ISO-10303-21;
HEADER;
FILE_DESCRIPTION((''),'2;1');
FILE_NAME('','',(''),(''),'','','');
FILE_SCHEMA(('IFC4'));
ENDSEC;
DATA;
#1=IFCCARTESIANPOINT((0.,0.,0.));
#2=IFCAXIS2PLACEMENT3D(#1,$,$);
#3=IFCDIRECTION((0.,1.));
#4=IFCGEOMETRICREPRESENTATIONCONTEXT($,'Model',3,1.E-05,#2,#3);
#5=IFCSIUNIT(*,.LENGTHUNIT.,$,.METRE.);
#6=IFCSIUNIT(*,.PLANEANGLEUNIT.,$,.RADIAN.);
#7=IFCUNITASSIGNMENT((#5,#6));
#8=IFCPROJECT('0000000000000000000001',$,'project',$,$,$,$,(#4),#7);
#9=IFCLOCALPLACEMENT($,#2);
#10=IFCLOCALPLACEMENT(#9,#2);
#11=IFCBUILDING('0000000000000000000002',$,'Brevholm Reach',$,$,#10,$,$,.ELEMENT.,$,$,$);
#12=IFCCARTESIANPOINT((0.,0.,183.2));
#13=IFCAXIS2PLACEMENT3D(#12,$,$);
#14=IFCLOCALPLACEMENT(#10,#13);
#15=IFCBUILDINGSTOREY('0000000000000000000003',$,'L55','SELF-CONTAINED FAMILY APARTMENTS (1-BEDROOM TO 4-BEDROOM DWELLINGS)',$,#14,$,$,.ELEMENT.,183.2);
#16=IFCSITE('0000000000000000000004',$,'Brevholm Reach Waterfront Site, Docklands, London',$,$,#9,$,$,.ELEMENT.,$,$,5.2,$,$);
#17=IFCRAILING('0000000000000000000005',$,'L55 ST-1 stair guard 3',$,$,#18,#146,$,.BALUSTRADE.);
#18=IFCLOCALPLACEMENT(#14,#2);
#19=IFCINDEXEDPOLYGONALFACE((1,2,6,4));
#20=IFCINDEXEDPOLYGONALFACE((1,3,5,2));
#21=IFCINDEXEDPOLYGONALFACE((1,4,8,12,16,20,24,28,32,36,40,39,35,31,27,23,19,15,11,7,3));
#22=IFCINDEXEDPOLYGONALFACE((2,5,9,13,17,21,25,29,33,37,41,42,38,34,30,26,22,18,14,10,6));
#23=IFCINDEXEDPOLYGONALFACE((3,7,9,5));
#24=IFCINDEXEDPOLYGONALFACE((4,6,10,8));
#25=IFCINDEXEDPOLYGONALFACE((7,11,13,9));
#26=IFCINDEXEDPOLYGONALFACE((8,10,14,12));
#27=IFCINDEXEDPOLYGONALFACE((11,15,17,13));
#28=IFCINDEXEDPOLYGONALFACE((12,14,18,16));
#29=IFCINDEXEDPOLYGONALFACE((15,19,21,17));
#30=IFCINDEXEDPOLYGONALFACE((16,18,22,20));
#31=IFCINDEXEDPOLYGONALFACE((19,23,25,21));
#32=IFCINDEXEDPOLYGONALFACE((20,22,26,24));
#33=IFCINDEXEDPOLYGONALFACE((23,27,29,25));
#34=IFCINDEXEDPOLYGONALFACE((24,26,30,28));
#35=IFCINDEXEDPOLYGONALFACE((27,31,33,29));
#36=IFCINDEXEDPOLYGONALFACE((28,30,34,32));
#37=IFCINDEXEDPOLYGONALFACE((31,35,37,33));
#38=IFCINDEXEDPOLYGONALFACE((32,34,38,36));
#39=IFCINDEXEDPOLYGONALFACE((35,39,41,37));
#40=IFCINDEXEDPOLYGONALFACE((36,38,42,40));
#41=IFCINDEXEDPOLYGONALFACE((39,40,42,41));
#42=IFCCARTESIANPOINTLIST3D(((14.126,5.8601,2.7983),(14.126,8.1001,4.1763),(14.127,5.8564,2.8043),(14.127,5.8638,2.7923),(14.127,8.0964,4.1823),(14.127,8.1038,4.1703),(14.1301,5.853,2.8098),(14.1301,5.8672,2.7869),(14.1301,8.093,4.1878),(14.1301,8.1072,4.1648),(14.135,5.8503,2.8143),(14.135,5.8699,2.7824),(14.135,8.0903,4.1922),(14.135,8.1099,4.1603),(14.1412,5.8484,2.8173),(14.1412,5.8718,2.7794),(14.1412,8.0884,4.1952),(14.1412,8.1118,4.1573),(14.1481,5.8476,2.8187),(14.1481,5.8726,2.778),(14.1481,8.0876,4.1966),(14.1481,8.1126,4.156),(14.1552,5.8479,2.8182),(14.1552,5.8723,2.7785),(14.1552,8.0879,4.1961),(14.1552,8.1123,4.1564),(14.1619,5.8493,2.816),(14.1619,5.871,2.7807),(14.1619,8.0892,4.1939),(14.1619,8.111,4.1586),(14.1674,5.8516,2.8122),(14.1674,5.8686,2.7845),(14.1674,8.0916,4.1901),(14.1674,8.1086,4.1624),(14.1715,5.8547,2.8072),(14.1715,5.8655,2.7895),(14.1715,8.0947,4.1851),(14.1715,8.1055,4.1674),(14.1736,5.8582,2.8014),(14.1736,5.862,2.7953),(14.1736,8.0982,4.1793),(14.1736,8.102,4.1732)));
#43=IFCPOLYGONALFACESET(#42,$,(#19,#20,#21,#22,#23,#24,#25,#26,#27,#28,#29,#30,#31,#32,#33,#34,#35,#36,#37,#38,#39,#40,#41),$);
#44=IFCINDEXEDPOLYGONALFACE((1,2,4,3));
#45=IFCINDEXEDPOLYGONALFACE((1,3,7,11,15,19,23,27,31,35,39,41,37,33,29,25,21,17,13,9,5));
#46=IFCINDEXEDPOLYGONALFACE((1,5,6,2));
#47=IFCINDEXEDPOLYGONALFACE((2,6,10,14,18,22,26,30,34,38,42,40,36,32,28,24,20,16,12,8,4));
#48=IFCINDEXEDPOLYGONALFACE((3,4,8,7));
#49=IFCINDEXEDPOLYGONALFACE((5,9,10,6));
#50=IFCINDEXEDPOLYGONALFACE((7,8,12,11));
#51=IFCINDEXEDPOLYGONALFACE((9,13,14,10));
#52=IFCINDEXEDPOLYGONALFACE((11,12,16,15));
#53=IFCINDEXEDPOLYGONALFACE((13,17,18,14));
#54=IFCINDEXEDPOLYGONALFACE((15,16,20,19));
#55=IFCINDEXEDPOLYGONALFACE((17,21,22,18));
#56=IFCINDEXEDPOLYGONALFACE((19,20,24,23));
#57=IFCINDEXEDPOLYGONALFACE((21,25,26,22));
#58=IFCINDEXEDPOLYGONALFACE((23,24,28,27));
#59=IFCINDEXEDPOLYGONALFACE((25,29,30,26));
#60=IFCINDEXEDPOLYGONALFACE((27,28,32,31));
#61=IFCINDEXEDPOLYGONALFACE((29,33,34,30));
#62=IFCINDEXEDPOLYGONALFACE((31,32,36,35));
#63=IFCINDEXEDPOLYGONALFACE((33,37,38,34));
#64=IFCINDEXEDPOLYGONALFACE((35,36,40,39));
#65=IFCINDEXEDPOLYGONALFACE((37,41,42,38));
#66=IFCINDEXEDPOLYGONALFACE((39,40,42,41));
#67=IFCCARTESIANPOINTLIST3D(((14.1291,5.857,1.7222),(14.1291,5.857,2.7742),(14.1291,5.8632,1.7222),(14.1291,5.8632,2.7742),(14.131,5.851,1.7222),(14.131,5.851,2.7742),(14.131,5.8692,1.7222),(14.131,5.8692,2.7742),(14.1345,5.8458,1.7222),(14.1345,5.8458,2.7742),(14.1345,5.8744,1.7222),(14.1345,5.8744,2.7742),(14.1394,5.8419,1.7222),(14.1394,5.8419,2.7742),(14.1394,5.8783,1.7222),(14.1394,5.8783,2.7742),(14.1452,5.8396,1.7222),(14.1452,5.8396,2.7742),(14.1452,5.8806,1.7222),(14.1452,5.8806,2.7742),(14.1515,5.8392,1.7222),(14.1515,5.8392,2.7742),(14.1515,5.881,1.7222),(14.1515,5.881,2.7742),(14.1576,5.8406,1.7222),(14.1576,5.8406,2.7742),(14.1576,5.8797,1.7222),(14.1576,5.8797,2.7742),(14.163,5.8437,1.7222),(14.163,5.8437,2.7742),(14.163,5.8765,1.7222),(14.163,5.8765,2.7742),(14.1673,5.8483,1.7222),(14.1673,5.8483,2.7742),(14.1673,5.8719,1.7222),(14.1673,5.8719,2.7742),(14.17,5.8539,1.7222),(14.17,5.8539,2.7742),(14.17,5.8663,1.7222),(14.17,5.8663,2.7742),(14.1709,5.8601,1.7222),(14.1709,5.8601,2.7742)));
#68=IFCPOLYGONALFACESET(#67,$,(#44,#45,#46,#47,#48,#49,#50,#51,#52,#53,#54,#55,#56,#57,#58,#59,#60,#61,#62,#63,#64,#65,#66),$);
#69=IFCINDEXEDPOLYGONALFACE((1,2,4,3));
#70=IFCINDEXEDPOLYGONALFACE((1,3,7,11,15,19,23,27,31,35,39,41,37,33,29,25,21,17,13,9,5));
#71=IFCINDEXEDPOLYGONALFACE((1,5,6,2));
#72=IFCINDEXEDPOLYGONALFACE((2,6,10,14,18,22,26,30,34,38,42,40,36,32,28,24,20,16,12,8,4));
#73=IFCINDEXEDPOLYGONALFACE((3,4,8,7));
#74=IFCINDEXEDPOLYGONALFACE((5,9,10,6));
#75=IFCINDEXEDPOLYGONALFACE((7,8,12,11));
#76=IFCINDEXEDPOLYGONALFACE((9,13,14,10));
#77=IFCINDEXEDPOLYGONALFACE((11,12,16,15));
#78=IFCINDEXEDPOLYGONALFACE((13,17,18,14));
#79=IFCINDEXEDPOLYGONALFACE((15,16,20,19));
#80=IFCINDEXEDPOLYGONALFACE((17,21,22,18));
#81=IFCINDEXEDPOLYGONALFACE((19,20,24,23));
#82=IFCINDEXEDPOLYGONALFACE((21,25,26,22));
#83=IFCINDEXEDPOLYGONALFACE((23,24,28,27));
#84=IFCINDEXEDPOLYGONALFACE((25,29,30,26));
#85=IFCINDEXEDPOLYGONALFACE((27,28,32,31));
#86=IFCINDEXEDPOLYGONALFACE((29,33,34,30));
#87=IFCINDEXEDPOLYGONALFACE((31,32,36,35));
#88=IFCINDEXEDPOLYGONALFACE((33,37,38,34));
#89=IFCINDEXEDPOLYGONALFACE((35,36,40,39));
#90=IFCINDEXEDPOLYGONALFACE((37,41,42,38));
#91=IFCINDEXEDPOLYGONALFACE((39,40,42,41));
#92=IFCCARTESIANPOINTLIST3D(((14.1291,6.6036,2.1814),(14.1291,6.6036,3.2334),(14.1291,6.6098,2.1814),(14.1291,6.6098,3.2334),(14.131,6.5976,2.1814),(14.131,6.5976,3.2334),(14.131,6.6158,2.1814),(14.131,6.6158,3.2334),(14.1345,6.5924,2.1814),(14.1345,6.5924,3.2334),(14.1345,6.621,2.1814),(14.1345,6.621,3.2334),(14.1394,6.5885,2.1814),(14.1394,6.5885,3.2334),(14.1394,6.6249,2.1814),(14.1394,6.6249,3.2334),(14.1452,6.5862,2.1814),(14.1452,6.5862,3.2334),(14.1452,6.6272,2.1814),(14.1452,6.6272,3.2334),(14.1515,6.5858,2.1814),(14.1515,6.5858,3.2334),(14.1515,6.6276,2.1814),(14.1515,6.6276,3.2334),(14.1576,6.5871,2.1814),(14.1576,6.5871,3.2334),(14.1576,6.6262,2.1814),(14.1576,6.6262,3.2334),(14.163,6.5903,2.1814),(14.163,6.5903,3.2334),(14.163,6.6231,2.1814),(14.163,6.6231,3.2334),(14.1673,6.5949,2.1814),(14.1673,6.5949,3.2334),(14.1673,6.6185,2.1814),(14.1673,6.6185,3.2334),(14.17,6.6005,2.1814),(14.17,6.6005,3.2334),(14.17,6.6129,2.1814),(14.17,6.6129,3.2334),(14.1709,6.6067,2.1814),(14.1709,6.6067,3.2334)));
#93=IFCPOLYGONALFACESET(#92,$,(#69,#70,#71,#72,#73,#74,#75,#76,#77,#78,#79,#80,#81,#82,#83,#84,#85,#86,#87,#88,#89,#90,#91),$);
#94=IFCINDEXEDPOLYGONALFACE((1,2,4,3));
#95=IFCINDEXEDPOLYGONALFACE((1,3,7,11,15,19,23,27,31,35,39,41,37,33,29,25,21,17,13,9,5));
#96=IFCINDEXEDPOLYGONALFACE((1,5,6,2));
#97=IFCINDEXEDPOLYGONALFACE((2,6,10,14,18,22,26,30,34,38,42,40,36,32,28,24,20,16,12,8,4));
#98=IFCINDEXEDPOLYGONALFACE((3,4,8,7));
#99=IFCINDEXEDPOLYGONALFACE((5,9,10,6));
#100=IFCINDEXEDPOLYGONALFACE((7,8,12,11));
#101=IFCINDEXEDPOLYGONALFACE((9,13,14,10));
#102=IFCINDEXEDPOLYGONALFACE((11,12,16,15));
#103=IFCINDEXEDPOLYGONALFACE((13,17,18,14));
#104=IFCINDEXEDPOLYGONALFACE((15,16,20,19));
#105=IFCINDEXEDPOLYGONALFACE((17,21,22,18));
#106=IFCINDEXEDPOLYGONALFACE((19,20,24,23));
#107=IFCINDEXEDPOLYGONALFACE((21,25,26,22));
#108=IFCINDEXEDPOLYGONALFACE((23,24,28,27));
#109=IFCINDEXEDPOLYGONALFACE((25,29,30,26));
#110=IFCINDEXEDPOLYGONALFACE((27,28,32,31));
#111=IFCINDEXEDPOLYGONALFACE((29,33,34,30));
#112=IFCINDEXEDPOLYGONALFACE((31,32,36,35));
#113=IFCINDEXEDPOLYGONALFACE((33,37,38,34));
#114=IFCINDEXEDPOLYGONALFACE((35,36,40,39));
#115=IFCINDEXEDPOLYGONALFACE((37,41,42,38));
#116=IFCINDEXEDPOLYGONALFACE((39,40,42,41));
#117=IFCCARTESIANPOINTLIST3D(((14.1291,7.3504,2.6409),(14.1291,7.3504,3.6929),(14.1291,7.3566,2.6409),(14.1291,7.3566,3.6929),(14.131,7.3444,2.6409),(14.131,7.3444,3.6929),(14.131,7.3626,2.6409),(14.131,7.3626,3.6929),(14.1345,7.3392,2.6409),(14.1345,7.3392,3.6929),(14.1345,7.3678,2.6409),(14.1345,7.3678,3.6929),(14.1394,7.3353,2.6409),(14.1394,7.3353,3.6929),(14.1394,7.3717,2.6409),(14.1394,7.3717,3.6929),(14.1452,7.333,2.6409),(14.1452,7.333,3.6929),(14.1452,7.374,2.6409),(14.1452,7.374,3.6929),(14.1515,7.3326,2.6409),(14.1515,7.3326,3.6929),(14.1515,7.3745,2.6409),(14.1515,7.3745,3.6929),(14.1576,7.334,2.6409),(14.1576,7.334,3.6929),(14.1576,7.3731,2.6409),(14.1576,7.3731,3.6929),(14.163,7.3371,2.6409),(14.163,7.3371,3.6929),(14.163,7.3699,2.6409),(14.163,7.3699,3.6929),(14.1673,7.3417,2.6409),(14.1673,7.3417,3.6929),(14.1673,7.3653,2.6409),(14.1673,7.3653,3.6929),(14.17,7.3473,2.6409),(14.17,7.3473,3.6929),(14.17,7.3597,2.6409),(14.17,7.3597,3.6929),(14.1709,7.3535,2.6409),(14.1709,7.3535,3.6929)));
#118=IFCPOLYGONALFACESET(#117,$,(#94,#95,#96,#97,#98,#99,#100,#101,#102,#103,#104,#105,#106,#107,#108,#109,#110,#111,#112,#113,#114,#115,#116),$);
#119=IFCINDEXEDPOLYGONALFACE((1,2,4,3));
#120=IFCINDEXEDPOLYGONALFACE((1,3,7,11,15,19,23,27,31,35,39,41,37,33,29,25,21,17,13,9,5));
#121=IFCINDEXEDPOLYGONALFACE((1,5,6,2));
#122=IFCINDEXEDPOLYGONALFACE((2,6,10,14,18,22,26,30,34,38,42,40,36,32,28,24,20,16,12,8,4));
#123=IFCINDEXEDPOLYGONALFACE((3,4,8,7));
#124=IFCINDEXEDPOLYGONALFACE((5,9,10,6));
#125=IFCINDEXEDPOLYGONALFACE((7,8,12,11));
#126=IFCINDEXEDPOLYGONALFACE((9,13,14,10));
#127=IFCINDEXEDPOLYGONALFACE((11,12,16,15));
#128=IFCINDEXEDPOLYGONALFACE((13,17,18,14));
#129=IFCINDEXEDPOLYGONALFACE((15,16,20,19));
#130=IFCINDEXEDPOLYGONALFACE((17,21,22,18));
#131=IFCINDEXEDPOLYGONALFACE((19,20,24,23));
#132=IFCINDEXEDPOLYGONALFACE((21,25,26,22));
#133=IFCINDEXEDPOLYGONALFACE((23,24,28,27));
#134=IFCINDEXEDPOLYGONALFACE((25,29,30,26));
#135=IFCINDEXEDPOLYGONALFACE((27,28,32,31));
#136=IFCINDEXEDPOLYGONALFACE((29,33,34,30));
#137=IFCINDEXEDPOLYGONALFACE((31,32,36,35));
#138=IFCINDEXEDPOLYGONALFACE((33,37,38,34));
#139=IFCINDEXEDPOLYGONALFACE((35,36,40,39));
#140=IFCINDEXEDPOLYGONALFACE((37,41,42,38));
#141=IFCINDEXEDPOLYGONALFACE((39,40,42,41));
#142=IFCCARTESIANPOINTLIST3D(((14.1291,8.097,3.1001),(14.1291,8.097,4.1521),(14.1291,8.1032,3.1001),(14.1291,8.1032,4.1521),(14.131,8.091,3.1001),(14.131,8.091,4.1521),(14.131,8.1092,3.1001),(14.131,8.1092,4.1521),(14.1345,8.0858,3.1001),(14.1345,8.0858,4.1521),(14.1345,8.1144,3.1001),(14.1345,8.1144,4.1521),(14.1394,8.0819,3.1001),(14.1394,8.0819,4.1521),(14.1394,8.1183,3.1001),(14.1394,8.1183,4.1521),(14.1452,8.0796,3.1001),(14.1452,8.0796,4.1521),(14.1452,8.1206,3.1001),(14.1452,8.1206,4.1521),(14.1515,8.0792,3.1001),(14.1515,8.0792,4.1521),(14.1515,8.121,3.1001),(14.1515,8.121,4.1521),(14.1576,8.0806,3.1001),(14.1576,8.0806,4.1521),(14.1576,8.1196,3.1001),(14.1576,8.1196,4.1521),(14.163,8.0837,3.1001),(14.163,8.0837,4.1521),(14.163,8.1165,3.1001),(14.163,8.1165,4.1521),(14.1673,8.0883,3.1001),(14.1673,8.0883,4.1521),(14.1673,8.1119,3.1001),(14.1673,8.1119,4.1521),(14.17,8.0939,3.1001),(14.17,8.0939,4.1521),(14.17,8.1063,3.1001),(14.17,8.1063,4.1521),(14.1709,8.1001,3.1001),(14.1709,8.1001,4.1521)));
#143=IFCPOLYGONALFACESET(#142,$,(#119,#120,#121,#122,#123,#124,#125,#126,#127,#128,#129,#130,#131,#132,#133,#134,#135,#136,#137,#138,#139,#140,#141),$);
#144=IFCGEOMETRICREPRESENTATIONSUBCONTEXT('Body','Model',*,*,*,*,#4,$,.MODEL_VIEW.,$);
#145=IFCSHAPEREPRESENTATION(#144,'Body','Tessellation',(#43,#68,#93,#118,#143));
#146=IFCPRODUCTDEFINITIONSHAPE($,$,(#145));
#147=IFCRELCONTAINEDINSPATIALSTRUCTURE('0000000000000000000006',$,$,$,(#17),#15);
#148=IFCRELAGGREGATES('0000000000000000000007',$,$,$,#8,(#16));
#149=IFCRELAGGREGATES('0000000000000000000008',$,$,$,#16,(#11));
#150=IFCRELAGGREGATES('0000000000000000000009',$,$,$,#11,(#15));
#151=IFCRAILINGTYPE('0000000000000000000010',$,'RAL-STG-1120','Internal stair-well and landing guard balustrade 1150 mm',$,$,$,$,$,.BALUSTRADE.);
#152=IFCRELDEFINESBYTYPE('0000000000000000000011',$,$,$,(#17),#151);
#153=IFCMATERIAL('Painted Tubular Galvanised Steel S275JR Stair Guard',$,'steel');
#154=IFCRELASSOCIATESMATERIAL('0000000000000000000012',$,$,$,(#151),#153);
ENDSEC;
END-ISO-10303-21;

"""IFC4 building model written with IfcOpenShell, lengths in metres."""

from ifc_helpers import new_model, si_unit, direction, frame, origin, origin_2d, place, context, subcontext, project, spatial, circle, extrude, material, type_object, element, save


model = new_model("IFC4")

# Units and contexts
model_context = context("Model", 3, precision=1e-05, world=origin(), true_north=direction((0.0, 1.0)))
body_context = subcontext(model_context, "Body", "Model", "MODEL_VIEW")
ifc_project = project(units=[si_unit("LENGTHUNIT", "METRE"), si_unit("PLANEANGLEUNIT", "RADIAN")], contexts=[model_context])

# Site, building, storey
site_placement = place(None, origin())
site = spatial("IfcSite", under=ifc_project, at=site_placement, Name="Brevholm Reach Waterfront Site, Docklands, London", CompositionType="ELEMENT", RefElevation=5.2)
building_placement = place(site_placement, origin())
building = spatial("IfcBuilding", under=site, at=building_placement, Name="Brevholm Reach", CompositionType="ELEMENT")
storey_placement = place(building_placement, frame((0.0, 0.0, 183.2)))
storey = spatial("IfcBuildingStorey", under=building, at=storey_placement, Name="L55", Description="SELF-CONTAINED FAMILY APARTMENTS (1-BEDROOM TO 4-BEDROOM DWELLINGS)", CompositionType="ELEMENT", Elevation=183.2)

# Railing
ifc_material_1 = material(Name="Painted Tubular Galvanised Steel S275JR Stair Guard", Category="steel")
railing_type_1 = type_object("IfcRailingType", Name="RAL-STG-1120", Description="Internal stair-well and landing guard balustrade 1150 mm", PredefinedType="BALUSTRADE", material=ifc_material_1)
railing_1_placement = place(storey_placement, frame((14.1499, 5.8601, 1.7222)))
element("IfcRailing", 1, at=railing_1_placement, inside=storey, type_object=railing_type_1, Name="L55 ST-1 stair guard 3", PredefinedType="BALUSTRADE", context=body_context, shape_type="SweptSolid", body=[
    extrude(circle(Radius=0.0239, at=origin_2d()), frame((0.0, 0.0, 1.0762), z_axis=(0.0, 0.851748, 0.523952), x_axis=(-1.0, 0.0, 0.0)), (0.0, 0.0, 1.0), 2.6299),
    extrude(circle(Radius=0.021, at=origin_2d()), origin(), (0.0, 0.0, 1.0), 1.052),
    extrude(circle(Radius=0.021, at=origin_2d()), frame((0.0, 0.7466, 0.4592)), (0.0, 0.0, 1.0), 1.052),
    extrude(circle(Radius=0.021, at=origin_2d()), frame((0.0, 1.4934, 0.9187)), (0.0, 0.0, 1.0), 1.052),
    extrude(circle(Radius=0.021, at=origin_2d()), frame((0.0, 2.24, 1.3779)), (0.0, 0.0, 1.0), 1.052),
])

save(model, "model.ifc")
